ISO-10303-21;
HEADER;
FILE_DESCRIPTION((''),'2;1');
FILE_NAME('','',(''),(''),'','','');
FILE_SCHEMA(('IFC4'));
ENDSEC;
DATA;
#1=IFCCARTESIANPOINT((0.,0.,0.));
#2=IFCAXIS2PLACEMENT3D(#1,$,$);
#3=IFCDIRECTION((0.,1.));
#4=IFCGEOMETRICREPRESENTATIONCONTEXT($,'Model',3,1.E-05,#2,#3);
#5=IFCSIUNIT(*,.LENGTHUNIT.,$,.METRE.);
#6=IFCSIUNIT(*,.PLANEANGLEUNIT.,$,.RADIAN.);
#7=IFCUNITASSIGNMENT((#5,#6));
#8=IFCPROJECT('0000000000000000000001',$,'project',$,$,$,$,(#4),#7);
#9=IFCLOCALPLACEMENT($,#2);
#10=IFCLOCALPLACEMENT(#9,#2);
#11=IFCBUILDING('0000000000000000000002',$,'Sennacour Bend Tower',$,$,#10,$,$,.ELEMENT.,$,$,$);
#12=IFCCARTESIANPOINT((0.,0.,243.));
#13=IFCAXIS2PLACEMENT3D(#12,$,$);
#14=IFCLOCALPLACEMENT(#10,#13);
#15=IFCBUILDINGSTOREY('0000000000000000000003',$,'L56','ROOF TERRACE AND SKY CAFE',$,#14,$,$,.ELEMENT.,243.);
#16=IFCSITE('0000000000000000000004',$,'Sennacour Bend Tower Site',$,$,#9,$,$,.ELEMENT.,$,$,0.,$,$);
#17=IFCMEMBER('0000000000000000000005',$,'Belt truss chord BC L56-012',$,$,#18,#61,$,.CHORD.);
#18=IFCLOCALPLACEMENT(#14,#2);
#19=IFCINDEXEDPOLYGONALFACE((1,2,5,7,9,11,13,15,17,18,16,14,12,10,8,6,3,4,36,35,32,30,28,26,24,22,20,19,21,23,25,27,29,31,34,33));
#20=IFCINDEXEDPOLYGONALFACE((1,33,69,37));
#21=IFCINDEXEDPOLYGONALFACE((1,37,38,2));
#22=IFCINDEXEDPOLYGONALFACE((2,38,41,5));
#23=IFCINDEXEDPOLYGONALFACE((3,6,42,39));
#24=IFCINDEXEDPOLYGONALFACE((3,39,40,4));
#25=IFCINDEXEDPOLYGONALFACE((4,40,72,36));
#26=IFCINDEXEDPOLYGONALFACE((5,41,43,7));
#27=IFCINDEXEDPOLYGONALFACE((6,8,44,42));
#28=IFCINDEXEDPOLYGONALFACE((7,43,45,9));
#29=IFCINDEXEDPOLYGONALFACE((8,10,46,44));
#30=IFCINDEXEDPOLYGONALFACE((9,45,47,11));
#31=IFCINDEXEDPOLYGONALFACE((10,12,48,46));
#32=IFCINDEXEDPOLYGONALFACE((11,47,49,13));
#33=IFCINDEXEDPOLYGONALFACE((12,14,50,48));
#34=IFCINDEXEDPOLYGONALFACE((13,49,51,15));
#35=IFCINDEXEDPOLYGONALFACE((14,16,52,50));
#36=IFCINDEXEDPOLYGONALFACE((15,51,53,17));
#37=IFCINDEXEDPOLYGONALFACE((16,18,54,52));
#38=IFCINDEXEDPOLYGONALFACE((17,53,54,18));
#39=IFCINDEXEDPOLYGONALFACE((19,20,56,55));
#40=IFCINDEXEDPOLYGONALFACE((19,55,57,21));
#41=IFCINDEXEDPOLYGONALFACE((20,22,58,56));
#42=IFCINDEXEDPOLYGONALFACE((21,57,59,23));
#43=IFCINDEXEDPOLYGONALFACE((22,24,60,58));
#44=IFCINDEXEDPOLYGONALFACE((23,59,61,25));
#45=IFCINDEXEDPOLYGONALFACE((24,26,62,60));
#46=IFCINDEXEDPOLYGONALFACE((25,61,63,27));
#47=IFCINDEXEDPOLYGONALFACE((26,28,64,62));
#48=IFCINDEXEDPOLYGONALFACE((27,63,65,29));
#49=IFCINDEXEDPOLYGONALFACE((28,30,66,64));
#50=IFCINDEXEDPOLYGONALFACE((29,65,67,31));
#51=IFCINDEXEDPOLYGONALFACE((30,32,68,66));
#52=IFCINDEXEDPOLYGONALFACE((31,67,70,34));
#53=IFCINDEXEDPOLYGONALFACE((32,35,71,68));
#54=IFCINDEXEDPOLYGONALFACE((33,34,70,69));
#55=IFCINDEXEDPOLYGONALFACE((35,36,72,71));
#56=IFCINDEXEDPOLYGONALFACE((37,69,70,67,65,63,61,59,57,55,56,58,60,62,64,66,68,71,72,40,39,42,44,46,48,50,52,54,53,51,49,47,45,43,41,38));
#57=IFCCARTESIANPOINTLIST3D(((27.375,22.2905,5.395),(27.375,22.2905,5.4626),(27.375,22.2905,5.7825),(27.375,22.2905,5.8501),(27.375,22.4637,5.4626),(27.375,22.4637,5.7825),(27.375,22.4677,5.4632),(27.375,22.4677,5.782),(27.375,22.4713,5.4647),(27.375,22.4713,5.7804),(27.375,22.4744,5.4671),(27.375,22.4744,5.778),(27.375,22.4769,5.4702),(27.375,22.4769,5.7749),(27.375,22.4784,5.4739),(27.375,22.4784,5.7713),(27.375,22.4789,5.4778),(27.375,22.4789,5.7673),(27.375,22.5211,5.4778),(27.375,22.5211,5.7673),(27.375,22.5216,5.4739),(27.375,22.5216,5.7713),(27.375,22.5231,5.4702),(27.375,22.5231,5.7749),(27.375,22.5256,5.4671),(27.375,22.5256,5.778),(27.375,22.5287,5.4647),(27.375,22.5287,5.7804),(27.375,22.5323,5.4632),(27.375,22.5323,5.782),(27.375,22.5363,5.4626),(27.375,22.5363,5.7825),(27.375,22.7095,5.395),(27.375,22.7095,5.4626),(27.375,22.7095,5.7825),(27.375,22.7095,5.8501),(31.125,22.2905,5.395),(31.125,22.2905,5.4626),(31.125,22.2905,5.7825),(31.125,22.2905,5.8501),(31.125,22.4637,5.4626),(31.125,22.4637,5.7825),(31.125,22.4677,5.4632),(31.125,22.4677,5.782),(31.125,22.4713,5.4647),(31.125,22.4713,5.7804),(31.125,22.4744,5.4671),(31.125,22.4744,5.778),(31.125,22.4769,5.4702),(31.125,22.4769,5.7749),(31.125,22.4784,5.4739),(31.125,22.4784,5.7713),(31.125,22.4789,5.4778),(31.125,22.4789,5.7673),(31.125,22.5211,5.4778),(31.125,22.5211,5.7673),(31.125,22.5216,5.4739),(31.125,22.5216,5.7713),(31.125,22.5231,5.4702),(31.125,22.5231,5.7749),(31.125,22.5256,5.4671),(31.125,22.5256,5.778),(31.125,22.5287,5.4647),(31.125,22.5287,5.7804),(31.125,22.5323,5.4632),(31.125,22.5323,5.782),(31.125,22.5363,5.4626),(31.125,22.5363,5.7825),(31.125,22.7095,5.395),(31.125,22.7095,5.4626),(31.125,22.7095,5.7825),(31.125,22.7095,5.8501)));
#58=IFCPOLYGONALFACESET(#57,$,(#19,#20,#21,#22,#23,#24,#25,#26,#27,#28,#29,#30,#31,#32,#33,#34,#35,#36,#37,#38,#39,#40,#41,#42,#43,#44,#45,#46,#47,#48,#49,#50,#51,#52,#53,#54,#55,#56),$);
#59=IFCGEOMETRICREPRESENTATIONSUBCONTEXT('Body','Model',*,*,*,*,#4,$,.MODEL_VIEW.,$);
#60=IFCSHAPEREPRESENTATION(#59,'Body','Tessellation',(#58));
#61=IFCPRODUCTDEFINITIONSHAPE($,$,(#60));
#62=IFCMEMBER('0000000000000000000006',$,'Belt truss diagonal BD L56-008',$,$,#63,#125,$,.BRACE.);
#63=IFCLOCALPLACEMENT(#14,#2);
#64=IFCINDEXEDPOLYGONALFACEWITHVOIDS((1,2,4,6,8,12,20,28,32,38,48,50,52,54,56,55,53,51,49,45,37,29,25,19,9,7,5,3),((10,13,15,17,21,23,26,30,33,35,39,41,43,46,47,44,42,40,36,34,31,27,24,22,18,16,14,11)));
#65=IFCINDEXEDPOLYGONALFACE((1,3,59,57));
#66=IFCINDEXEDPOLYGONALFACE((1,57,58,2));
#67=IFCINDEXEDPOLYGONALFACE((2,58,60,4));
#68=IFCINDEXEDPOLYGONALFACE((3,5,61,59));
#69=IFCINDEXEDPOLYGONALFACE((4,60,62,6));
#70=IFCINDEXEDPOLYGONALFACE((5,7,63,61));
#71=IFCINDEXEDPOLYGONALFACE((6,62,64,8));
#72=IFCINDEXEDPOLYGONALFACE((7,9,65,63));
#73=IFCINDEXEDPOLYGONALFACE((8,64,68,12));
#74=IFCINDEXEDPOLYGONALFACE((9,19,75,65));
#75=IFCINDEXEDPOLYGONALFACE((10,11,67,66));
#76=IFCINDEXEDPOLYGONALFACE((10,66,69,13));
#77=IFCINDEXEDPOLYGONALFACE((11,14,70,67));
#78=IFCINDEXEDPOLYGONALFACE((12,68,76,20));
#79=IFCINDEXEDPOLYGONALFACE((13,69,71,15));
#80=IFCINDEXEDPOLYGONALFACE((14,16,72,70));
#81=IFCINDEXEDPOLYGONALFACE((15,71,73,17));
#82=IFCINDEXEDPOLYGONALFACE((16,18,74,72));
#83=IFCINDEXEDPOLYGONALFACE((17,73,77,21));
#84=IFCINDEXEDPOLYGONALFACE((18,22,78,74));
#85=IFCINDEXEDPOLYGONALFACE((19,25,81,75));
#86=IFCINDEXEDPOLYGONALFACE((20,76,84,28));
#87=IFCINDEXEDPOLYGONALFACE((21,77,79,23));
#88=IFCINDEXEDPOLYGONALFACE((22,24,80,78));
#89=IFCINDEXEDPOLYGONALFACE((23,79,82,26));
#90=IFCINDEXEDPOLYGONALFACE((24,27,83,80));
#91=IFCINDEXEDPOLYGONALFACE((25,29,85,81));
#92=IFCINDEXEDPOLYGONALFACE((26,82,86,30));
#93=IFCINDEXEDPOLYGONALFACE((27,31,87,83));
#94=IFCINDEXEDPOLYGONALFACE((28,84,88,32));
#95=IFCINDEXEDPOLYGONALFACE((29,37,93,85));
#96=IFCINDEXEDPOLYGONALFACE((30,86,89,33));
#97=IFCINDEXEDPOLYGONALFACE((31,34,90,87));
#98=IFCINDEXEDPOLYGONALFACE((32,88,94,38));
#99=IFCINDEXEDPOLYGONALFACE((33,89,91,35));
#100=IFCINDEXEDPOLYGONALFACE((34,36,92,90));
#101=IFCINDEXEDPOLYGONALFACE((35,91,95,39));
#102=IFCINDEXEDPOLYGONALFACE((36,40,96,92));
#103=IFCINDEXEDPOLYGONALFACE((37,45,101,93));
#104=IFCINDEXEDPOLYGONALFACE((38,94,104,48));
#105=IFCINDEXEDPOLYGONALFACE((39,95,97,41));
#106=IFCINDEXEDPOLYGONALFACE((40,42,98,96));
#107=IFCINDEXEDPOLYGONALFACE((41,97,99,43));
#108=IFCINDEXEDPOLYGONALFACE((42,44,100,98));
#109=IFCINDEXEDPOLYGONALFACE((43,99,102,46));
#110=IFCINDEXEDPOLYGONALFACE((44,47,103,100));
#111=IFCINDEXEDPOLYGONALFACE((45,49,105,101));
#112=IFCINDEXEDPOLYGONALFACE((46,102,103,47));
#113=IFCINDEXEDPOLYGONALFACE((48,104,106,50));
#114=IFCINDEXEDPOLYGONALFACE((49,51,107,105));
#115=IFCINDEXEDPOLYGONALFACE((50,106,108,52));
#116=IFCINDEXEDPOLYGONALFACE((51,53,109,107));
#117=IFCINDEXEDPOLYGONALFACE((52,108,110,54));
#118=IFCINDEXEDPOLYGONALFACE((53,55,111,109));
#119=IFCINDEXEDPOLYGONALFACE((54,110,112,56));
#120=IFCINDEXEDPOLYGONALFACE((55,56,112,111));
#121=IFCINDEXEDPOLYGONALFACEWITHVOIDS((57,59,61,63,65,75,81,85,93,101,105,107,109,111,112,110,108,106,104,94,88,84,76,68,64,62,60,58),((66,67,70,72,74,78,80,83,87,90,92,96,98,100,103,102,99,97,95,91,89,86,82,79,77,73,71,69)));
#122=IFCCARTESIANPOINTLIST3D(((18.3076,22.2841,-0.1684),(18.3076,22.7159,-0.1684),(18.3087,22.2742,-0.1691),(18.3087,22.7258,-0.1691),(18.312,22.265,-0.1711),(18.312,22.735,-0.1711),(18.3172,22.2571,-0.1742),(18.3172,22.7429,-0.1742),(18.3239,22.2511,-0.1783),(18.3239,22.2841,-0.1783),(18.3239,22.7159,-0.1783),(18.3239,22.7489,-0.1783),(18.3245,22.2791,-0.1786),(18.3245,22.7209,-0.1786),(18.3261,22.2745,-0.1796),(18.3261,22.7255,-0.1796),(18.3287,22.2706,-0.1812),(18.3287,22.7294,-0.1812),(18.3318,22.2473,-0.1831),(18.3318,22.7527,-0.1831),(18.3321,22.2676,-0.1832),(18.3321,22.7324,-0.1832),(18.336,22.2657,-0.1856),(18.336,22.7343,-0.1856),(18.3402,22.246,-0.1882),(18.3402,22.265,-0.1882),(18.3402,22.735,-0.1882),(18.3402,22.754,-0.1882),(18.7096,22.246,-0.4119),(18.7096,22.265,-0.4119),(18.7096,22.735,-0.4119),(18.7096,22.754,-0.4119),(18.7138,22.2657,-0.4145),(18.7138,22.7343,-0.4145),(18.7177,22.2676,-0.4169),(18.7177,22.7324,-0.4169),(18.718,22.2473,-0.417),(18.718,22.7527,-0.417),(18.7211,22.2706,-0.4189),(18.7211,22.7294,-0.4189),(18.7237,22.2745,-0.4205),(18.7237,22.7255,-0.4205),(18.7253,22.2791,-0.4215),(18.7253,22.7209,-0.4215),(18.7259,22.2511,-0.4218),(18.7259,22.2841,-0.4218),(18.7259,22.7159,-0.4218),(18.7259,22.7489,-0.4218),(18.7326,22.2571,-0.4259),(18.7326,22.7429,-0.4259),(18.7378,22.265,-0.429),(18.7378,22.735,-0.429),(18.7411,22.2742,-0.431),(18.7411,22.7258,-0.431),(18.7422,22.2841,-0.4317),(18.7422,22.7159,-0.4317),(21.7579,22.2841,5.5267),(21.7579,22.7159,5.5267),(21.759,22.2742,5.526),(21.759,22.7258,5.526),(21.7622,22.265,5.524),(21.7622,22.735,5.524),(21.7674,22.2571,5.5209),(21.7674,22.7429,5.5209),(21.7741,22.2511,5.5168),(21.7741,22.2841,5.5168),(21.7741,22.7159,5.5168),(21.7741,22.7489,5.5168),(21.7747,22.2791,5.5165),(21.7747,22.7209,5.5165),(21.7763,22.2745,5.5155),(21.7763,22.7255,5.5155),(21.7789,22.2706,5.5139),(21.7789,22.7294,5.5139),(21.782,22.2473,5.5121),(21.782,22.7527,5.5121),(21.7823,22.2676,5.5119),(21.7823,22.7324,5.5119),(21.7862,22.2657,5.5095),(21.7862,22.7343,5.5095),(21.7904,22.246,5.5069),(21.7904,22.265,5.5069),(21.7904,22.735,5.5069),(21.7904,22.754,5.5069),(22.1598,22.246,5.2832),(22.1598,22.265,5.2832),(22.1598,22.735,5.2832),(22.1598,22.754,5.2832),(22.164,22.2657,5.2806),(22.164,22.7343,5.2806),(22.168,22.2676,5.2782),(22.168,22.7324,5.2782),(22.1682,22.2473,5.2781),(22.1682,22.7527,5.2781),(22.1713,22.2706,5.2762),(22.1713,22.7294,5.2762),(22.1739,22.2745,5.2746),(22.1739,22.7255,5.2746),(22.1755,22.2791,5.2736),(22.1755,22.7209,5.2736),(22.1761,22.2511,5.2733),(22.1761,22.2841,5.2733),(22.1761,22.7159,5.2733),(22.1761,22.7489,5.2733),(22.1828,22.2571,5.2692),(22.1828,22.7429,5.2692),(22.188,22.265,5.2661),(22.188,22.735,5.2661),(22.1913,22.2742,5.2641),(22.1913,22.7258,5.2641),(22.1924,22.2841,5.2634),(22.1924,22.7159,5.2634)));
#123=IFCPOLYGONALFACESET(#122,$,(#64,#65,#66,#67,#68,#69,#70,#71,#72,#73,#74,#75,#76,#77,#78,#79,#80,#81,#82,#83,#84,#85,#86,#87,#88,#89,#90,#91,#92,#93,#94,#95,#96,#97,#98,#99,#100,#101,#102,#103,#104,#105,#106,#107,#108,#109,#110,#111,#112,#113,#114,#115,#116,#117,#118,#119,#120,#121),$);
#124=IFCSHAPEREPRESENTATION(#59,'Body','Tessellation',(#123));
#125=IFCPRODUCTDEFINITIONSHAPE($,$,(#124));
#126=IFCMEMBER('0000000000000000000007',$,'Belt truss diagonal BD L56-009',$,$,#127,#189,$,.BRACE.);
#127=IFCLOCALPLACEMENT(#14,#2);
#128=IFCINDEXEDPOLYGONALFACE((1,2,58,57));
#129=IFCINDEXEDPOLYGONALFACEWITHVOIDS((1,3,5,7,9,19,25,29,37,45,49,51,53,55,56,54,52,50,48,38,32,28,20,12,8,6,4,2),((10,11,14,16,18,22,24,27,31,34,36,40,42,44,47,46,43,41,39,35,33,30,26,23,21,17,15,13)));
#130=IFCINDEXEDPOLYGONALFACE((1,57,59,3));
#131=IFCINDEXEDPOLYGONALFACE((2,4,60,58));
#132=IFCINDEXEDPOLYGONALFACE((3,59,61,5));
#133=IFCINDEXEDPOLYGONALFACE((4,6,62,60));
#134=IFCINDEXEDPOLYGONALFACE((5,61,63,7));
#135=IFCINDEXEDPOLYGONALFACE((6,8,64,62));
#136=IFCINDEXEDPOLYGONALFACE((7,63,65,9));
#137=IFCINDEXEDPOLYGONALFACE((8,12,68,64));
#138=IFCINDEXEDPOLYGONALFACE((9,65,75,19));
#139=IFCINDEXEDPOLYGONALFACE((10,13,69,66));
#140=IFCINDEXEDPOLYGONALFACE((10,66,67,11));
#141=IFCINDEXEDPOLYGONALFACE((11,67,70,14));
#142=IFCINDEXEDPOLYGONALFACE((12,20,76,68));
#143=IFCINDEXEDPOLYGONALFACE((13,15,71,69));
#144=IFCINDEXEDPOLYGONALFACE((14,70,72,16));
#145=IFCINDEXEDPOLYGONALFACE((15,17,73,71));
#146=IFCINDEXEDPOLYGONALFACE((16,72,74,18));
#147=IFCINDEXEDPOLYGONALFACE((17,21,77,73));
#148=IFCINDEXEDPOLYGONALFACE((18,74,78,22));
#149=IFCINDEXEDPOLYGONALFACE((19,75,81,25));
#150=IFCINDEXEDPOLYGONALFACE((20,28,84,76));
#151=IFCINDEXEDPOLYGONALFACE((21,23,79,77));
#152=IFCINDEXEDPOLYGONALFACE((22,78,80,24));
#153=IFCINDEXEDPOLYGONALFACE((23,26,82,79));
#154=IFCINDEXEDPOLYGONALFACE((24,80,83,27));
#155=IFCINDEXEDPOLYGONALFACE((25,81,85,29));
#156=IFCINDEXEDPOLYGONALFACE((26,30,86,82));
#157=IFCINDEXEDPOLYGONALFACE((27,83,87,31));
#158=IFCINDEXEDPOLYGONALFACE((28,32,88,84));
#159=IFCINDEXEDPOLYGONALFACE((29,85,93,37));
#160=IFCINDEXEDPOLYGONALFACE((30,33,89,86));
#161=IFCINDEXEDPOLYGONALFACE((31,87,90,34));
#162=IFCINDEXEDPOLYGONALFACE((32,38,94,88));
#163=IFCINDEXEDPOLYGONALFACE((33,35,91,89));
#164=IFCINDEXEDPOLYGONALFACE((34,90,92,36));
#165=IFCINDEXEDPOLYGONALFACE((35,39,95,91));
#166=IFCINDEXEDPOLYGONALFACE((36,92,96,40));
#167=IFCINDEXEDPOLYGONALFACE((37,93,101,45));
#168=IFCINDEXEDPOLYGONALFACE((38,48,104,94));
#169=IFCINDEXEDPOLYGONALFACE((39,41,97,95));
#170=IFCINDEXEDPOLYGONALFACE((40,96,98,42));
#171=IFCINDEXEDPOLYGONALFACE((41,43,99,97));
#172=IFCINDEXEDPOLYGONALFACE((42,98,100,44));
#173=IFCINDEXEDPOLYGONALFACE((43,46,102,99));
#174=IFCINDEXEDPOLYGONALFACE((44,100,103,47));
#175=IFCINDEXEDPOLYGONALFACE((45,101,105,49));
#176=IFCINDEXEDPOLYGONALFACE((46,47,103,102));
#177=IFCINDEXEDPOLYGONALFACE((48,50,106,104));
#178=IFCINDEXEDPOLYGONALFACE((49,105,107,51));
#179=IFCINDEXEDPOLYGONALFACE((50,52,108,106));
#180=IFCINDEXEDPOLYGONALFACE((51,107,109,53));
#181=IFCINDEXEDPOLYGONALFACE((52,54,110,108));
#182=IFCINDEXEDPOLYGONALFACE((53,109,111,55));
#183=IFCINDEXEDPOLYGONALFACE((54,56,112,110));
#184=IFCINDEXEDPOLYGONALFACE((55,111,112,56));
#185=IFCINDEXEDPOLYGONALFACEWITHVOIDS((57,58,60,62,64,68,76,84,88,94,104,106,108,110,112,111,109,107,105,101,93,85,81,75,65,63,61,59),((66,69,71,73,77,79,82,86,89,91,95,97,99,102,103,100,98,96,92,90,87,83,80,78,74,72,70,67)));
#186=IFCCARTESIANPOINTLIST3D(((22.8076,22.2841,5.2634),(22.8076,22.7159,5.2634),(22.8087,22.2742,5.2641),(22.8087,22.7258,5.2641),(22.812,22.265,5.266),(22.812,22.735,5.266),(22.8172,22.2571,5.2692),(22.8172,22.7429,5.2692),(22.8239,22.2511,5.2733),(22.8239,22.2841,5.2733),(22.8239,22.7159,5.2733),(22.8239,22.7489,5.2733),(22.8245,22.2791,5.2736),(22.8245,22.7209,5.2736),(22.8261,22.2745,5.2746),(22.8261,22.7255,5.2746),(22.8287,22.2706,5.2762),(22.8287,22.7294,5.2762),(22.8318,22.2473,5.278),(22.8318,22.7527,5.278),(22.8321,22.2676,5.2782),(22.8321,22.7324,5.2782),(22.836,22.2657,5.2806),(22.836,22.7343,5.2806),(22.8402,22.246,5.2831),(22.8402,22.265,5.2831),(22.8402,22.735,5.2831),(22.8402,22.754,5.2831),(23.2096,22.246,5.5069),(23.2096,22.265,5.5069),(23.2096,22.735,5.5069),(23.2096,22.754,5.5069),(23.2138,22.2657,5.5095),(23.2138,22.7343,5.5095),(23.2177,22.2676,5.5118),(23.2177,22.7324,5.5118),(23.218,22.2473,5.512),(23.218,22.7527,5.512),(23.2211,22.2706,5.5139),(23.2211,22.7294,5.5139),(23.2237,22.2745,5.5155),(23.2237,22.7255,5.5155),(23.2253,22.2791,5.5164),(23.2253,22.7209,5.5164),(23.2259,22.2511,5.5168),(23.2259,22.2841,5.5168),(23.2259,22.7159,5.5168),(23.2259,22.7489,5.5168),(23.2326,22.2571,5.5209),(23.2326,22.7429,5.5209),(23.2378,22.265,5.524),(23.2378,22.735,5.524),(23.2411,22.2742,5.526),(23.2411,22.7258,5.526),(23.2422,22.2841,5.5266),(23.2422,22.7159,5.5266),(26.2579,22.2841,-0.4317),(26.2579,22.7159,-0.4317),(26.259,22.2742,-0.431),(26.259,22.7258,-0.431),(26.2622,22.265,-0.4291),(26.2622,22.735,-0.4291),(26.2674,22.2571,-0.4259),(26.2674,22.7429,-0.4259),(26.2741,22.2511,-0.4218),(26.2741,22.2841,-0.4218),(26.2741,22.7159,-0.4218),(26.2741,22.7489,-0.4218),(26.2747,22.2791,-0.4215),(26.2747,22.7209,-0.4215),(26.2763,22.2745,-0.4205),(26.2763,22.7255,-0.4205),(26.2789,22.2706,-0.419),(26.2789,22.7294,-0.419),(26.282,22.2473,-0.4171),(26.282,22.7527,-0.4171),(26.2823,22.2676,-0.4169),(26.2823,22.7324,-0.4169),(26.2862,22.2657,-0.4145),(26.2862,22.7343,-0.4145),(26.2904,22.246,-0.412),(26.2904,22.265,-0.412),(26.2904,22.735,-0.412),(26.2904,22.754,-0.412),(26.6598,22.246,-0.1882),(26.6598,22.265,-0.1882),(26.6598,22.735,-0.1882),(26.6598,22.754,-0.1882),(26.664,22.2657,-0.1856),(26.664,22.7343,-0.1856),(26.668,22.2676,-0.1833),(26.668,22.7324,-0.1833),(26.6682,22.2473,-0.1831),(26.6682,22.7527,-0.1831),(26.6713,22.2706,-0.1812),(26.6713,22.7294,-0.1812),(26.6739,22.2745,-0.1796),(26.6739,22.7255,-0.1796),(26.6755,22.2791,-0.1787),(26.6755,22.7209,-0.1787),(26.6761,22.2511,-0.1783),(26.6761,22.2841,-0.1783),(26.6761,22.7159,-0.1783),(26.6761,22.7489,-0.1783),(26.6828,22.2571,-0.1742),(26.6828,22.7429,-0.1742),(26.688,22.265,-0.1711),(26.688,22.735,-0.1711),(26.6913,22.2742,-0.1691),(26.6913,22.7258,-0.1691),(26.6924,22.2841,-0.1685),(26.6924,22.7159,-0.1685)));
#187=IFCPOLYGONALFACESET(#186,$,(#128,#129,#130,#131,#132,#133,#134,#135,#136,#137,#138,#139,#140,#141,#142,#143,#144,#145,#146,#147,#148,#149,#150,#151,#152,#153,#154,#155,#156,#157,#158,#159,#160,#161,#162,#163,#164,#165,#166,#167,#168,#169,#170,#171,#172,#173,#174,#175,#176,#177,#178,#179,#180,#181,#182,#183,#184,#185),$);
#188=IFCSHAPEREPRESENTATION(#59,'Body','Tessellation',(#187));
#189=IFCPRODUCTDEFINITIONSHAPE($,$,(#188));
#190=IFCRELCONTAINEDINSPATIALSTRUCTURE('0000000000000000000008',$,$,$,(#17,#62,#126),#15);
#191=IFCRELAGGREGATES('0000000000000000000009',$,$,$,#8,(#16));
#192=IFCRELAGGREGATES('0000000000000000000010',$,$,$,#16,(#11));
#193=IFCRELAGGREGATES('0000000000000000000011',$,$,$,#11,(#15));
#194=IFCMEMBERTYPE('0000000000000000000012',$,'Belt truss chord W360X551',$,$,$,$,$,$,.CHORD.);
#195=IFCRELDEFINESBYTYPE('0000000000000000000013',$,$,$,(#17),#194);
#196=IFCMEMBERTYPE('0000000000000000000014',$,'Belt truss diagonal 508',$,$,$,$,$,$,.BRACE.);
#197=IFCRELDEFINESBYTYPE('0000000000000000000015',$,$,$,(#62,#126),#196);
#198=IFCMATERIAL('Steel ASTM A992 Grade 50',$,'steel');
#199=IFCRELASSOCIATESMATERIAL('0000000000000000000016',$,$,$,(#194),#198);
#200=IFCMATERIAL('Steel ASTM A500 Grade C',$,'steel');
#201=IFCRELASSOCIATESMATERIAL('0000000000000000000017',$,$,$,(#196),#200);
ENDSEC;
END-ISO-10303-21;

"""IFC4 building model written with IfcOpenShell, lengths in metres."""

from ifc_helpers import new_model, si_unit, direction, frame, origin, origin_2d, place, context, subcontext, project, spatial, hollow_rectangle, i_section, extrude, material, material_profile, profile_set, type_object, element, save


model = new_model("IFC4")

# Units and contexts
model_context = context("Model", 3, precision=1e-05, world=origin(), true_north=direction((0.0, 1.0)))
body_context = subcontext(model_context, "Body", "Model", "MODEL_VIEW")
ifc_project = project(units=[si_unit("LENGTHUNIT", "METRE"), si_unit("PLANEANGLEUNIT", "RADIAN")], contexts=[model_context])

# Site, building, storey
site_placement = place(None, origin())
site = spatial("IfcSite", under=ifc_project, at=site_placement, Name="Sennacour Bend Tower Site", CompositionType="ELEMENT", RefElevation=0.0)
building_placement = place(site_placement, origin())
building = spatial("IfcBuilding", under=site, at=building_placement, Name="Sennacour Bend Tower", CompositionType="ELEMENT")
storey_placement = place(building_placement, frame((0.0, 0.0, 243.0)))
storey = spatial("IfcBuildingStorey", under=building, at=storey_placement, Name="L56", Description="ROOF TERRACE AND SKY CAFE", CompositionType="ELEMENT", Elevation=243.0)

# Members
ifc_material_1 = material(Name="Steel ASTM A992 Grade 50", Category="steel")
ifc_material_profile_1 = material_profile(ifc_material_1, i_section(OverallWidth=0.4189, OverallDepth=0.4551, WebThickness=0.0422, FlangeThickness=0.0676, FilletRadius=0.0151, at=origin_2d()), Name="Steel ASTM A992 Grade 50", Category="steel")
ifc_profile_set_1 = profile_set([ifc_material_profile_1], Name="Steel ASTM A992 Grade 50")
member_type_1 = type_object("IfcMemberType", Name="Belt truss chord W360X551", PredefinedType="CHORD", material=ifc_profile_set_1)
for number, where, z_axis, x_axis, name in (
    (1, (27.375, 22.5, 5.6226), (1.0, 0.0, 0.0), (0.0, 1.0, 0.0), "Belt truss chord BC L56-012"),
):
    element("IfcMember", number, at=place(storey_placement, frame(where, z_axis=z_axis, x_axis=x_axis)), inside=storey, type_object=member_type_1, Name=name, PredefinedType="CHORD", context=body_context, shape_type="SweptSolid", body=[
        extrude(i_section(OverallWidth=0.4189, OverallDepth=0.4551, WebThickness=0.0422, FlangeThickness=0.0676, FilletRadius=0.0151, at=origin_2d()), origin(), (0.0, 0.0, 1.0), 3.75),
    ])
ifc_material_2 = material(Name="Steel ASTM A500 Grade C", Category="steel")
ifc_material_profile_2 = material_profile(ifc_material_2, hollow_rectangle(XDim=0.5081, YDim=0.5081, WallThickness=0.019, InnerFilletRadius=0.019, OuterFilletRadius=0.0381, at=origin_2d()), Name="Steel ASTM A500 Grade C", Category="steel")
ifc_profile_set_2 = profile_set([ifc_material_profile_2], Name="Steel ASTM A500 Grade C")
member_type_2 = type_object("IfcMemberType", Name="Belt truss diagonal 508", PredefinedType="BRACE", material=ifc_profile_set_2)
for number, where, z_axis, x_axis, name in (
    (2, (18.5249, 22.5, -0.3), (0.518152, 0.0, 0.855288), (0.0, 1.0, 0.0), "Belt truss diagonal BD L56-008"),
    (3, (23.0249, 22.5, 5.395), (0.518152, 0.0, -0.855288), (0.0, 1.0, 0.0), "Belt truss diagonal BD L56-009"),
):
    element("IfcMember", number, at=place(storey_placement, frame(where, z_axis=z_axis, x_axis=x_axis)), inside=storey, type_object=member_type_2, Name=name, PredefinedType="BRACE", context=body_context, shape_type="SweptSolid", body=[
        extrude(hollow_rectangle(XDim=0.5081, YDim=0.5081, WallThickness=0.019, InnerFilletRadius=0.019, OuterFilletRadius=0.0381, at=origin_2d()), origin(), (0.0, 0.0, 1.0), 6.6587),
    ])

save(model, "model.ifc")
